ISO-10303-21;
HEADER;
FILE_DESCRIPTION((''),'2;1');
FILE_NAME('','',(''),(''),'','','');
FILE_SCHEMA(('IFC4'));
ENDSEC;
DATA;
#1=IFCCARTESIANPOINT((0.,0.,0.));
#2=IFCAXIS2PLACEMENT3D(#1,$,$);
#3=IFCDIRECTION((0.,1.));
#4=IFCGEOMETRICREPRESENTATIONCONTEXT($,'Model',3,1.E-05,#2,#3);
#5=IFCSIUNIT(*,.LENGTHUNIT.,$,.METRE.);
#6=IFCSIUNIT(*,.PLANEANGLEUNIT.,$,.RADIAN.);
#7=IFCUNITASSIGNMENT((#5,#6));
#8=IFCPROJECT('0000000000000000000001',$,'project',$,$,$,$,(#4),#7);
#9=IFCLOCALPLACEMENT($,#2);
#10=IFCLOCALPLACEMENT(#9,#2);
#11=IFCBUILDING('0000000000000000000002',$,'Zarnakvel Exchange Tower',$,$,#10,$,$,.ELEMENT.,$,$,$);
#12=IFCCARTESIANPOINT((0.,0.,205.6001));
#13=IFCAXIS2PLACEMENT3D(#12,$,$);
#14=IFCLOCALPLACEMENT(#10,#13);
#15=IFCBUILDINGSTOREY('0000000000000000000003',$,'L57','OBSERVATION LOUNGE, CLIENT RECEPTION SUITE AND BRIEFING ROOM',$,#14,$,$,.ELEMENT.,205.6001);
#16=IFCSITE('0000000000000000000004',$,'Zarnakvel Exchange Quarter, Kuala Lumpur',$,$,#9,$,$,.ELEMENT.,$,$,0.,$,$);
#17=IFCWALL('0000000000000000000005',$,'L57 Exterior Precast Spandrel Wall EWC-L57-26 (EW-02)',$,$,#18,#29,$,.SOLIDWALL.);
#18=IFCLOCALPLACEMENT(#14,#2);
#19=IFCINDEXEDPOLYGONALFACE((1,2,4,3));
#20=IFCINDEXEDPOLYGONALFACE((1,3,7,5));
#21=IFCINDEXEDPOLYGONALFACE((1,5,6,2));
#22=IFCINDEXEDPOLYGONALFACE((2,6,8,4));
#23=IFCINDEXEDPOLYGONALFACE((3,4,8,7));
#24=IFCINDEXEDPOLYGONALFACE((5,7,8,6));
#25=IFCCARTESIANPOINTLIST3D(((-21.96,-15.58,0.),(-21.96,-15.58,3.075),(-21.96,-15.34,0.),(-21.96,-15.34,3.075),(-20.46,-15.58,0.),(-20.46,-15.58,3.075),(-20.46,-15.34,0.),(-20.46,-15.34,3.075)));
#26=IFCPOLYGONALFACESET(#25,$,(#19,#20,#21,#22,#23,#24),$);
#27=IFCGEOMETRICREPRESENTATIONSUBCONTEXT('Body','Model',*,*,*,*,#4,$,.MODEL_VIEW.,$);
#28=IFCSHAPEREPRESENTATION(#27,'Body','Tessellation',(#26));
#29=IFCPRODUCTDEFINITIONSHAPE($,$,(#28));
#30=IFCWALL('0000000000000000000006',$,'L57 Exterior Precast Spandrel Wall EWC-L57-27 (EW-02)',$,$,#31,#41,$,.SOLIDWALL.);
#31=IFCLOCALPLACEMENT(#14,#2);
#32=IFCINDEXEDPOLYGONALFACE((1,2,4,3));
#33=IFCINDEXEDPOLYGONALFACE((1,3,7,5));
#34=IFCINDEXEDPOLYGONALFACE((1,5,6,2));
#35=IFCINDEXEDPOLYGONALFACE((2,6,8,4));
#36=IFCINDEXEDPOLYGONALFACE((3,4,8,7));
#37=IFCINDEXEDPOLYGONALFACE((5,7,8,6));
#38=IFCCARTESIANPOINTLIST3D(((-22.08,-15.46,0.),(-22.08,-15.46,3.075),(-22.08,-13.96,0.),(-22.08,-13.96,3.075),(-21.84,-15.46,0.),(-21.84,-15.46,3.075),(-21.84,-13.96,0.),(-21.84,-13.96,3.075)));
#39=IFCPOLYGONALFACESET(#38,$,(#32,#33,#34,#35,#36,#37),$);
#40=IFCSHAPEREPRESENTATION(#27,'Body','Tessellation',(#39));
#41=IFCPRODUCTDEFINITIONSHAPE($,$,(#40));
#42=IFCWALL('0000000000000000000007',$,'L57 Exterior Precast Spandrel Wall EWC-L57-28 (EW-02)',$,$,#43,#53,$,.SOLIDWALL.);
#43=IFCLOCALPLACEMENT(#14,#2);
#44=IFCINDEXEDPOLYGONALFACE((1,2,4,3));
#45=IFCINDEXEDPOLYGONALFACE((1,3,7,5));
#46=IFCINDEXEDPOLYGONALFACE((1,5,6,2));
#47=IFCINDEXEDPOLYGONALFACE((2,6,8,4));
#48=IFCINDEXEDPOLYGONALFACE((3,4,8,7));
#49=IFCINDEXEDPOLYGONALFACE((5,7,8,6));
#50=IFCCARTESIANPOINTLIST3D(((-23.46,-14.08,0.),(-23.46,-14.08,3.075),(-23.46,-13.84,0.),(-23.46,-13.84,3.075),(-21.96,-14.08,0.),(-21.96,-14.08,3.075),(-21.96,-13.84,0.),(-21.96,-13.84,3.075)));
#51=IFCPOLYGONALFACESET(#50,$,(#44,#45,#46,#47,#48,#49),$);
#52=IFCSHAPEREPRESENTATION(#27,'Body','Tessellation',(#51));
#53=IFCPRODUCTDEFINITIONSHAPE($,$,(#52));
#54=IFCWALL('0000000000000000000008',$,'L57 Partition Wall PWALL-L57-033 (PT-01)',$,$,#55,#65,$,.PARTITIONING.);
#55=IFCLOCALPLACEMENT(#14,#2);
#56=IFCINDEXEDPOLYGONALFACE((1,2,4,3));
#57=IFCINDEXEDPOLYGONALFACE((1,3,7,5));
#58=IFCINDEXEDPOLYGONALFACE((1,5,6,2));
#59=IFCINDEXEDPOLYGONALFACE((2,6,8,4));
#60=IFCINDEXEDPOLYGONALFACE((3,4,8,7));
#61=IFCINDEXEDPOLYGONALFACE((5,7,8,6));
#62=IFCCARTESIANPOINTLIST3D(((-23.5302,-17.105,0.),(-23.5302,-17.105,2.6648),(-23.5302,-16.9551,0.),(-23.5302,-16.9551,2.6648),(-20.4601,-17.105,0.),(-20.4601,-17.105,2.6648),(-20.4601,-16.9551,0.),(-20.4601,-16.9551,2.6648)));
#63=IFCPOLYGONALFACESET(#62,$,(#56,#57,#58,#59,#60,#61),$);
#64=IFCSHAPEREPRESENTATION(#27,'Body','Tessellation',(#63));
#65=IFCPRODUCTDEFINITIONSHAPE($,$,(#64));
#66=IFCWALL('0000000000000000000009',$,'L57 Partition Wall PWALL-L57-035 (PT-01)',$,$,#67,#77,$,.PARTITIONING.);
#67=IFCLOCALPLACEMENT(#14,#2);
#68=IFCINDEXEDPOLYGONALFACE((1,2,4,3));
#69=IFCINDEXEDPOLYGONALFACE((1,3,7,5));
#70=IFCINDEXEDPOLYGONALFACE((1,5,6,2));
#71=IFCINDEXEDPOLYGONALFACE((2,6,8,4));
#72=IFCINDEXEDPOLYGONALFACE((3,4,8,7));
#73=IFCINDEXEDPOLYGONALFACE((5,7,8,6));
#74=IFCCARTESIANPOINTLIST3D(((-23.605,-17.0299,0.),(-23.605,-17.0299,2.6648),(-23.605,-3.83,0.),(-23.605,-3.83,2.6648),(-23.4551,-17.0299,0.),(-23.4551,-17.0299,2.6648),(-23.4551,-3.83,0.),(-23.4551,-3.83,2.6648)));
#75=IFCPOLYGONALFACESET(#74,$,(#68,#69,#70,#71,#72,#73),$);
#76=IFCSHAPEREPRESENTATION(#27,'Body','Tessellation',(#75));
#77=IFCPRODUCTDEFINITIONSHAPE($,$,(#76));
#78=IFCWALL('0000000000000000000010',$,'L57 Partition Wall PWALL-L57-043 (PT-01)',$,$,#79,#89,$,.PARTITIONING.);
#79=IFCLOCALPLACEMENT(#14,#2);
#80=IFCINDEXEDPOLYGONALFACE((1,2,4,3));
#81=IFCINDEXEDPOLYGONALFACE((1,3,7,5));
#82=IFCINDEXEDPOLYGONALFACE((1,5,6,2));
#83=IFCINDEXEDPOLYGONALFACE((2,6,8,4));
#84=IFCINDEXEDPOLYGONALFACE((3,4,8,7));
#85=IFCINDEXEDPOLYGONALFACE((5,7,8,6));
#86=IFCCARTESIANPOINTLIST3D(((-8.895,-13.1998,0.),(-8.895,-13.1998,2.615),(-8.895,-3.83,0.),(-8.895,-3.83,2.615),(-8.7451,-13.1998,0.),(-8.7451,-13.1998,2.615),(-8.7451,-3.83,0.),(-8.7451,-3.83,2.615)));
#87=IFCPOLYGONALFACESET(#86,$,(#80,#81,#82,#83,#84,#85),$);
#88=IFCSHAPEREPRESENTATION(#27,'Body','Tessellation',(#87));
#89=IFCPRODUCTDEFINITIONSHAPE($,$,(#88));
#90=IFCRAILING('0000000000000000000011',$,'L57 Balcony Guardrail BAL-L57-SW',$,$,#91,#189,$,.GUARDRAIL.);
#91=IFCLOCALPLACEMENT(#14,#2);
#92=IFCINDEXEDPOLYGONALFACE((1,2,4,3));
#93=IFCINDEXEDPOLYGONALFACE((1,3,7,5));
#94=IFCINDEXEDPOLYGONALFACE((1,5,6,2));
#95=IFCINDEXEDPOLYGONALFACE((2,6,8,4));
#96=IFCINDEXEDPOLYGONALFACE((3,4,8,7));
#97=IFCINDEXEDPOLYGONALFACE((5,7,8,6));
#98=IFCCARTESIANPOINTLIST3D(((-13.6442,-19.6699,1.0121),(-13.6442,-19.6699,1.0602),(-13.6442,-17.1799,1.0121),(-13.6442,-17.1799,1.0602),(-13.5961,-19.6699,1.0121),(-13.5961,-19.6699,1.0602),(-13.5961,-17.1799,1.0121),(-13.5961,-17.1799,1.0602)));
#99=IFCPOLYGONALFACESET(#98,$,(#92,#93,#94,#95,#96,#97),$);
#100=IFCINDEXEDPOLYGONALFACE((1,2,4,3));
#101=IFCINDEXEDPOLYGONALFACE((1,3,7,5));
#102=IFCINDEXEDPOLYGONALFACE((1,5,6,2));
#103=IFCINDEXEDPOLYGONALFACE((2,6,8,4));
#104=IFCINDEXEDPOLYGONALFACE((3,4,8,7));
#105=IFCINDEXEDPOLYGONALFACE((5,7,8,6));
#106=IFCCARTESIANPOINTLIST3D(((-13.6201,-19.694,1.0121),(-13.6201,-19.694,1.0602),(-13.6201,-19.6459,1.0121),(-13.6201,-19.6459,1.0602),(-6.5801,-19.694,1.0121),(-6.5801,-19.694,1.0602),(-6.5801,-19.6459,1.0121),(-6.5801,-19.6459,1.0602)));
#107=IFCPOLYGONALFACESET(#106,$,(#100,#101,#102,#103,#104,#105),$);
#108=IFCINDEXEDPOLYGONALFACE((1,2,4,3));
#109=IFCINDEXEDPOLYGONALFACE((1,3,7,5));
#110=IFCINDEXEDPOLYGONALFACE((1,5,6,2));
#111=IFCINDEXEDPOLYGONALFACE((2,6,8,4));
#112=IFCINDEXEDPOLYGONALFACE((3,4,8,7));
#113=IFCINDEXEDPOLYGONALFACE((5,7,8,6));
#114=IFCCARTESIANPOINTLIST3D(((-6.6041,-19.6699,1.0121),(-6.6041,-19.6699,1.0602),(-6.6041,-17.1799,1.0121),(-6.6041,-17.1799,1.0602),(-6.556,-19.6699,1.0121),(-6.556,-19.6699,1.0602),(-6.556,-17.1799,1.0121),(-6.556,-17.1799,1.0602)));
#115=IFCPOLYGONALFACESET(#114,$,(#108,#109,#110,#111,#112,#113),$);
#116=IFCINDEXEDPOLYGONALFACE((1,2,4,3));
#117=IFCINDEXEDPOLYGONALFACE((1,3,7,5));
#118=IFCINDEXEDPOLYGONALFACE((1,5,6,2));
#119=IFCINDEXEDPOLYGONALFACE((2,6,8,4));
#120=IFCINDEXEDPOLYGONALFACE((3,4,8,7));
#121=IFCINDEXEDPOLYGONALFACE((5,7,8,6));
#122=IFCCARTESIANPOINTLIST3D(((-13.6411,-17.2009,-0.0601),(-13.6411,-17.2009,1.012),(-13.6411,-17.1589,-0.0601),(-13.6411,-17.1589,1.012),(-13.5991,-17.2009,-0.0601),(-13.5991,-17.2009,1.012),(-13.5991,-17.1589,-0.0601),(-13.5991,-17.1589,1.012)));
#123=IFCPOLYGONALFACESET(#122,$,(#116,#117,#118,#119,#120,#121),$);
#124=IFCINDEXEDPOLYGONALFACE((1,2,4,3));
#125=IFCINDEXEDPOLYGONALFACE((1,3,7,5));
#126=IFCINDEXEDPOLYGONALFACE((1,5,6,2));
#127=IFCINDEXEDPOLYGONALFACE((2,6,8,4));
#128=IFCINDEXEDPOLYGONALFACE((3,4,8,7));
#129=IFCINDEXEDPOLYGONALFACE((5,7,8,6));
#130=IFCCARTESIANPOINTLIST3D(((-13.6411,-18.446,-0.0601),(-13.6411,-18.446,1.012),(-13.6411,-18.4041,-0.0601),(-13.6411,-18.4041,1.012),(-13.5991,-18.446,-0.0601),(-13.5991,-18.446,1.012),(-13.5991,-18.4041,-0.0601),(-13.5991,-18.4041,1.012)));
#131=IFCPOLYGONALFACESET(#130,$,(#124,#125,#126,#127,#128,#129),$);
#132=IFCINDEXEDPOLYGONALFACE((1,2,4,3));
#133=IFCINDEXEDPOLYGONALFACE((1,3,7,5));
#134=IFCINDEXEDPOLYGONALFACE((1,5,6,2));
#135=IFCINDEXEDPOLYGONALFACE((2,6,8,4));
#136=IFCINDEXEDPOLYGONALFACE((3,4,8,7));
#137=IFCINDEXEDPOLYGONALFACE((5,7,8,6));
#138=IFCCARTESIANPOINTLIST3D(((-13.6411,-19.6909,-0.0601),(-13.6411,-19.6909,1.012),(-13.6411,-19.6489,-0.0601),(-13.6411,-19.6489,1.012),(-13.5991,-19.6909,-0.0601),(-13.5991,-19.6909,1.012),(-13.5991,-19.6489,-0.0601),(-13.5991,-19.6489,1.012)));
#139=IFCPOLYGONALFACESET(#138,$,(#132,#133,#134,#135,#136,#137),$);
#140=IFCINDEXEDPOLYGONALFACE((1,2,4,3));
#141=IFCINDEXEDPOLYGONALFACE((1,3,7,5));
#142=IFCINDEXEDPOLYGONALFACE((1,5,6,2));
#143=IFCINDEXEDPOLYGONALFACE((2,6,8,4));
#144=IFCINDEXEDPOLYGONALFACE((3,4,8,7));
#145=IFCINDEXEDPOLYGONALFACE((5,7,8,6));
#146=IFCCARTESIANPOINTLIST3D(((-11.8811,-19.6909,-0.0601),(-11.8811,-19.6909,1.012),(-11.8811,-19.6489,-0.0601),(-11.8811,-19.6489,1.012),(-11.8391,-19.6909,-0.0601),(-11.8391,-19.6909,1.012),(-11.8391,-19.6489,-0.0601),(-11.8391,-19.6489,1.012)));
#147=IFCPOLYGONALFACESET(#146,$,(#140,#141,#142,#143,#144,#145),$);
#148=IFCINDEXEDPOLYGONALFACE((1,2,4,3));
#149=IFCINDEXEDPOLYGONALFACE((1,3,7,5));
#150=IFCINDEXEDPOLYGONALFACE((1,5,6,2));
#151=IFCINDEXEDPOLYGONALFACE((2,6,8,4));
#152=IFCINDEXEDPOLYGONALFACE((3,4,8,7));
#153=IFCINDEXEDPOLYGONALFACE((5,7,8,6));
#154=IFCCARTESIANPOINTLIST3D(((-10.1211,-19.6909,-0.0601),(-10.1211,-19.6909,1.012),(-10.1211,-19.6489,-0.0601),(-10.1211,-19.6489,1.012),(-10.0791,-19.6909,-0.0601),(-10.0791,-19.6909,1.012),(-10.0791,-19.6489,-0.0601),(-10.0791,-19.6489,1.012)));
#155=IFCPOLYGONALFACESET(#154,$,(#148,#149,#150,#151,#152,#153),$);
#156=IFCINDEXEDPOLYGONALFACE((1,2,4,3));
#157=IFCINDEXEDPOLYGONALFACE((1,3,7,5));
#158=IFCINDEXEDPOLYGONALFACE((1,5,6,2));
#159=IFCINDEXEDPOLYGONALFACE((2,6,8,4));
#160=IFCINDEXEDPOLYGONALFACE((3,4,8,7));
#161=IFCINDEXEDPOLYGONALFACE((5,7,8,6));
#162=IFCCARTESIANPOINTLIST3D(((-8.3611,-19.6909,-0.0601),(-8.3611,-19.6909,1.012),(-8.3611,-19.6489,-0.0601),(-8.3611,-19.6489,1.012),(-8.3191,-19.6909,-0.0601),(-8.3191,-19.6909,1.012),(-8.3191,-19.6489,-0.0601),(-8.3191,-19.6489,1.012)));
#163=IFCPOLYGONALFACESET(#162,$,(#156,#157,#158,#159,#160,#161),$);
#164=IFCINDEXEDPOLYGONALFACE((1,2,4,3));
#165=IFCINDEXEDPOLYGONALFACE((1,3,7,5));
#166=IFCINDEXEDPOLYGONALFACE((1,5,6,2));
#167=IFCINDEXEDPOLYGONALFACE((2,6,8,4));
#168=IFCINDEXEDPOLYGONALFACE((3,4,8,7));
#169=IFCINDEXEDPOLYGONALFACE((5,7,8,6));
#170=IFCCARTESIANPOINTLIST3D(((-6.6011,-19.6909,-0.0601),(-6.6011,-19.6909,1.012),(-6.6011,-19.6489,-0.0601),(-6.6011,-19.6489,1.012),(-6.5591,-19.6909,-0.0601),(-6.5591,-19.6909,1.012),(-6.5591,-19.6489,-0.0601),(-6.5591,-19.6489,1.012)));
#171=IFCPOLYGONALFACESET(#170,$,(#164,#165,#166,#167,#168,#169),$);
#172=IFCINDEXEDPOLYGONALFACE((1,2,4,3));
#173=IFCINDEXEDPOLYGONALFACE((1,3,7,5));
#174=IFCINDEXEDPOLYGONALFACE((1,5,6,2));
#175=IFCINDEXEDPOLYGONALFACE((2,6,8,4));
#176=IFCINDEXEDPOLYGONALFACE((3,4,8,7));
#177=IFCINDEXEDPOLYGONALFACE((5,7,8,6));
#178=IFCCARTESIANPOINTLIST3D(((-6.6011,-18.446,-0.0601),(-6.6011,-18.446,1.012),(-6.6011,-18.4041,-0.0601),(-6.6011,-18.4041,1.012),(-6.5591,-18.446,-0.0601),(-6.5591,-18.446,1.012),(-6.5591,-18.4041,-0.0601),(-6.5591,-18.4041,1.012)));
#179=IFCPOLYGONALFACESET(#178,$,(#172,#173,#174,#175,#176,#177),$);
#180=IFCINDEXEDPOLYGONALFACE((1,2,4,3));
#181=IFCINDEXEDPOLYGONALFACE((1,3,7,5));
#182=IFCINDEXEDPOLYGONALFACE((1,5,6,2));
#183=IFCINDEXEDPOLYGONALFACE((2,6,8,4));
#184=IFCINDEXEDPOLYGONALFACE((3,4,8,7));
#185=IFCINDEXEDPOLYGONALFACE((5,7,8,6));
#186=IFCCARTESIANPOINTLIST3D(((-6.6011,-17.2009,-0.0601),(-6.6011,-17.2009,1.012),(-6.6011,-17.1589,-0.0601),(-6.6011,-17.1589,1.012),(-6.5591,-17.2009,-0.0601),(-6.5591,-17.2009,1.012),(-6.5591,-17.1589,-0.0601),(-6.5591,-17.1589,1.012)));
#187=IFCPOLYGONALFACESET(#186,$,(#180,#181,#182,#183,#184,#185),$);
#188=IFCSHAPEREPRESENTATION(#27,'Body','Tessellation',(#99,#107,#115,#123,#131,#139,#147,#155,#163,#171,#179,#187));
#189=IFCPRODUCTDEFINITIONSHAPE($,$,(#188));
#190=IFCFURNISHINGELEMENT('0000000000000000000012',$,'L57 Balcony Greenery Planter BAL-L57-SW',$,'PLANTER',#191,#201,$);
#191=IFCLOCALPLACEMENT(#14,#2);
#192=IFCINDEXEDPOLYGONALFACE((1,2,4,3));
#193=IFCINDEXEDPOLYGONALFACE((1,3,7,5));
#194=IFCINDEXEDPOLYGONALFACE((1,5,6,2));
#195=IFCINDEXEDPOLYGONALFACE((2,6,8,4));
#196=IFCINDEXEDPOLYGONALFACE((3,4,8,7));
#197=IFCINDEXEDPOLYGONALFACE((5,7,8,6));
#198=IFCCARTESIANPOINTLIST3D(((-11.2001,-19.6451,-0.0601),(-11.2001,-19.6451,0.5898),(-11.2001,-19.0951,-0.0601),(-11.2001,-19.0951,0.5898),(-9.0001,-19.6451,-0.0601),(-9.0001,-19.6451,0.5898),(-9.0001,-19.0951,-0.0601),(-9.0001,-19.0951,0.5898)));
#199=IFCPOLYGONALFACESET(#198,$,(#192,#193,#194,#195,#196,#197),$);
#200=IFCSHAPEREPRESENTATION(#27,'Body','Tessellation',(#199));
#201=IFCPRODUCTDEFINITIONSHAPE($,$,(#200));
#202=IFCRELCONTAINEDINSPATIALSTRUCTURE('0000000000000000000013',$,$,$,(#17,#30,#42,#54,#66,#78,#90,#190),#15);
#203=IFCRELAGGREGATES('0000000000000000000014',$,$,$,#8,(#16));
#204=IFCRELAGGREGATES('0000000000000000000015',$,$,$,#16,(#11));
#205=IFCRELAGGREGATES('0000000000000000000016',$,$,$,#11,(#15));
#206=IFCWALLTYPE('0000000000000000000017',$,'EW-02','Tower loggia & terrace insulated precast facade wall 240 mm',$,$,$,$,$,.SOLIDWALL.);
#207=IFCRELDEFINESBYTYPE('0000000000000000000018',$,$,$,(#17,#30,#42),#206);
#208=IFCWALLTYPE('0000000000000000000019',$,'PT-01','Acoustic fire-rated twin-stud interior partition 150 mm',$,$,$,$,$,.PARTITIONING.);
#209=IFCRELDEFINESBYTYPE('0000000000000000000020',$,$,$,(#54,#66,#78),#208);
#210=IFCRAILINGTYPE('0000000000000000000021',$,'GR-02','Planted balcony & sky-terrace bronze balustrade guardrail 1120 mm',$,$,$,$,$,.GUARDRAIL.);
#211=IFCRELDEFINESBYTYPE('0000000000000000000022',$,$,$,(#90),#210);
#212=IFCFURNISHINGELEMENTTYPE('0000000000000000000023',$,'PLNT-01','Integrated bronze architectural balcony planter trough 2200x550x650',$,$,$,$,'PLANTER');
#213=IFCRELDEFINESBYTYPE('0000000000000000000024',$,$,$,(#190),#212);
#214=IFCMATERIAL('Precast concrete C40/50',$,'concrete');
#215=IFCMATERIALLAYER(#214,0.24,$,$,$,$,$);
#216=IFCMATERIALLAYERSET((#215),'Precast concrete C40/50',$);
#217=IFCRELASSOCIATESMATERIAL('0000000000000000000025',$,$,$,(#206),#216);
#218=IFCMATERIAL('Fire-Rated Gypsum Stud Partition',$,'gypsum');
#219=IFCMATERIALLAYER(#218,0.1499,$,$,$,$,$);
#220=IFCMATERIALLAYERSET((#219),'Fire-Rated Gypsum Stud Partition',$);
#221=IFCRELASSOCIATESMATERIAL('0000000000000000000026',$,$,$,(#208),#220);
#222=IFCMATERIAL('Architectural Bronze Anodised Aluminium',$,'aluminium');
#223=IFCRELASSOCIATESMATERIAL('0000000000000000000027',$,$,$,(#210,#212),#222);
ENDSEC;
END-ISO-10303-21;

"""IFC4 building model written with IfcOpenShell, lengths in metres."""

from ifc_helpers import new_model, si_unit, direction, frame, frame_2d, origin, origin_2d, place, context, subcontext, project, spatial, rectangle, extrude, source, transform, mapped, material, layer, layer_set, type_object, element, save


model = new_model("IFC4")

# Units and contexts
model_context = context("Model", 3, precision=1e-05, world=origin(), true_north=direction((0.0, 1.0)))
body_context = subcontext(model_context, "Body", "Model", "MODEL_VIEW")
ifc_project = project(units=[si_unit("LENGTHUNIT", "METRE"), si_unit("PLANEANGLEUNIT", "RADIAN")], contexts=[model_context])

# Site, building, storey
site_placement = place(None, origin())
site = spatial("IfcSite", under=ifc_project, at=site_placement, Name="Zarnakvel Exchange Quarter, Kuala Lumpur", CompositionType="ELEMENT", RefElevation=0.0)
building_placement = place(site_placement, origin())
building = spatial("IfcBuilding", under=site, at=building_placement, Name="Zarnakvel Exchange Tower", CompositionType="ELEMENT")
storey_placement = place(building_placement, frame((0.0, 0.0, 205.6001)))
storey = spatial("IfcBuildingStorey", under=building, at=storey_placement, Name="L57", Description="OBSERVATION LOUNGE, CLIENT RECEPTION SUITE AND BRIEFING ROOM", CompositionType="ELEMENT", Elevation=205.6001)

# Shared definitions
ifc_material_1 = material(Name="Architectural Bronze Anodised Aluminium", Category="aluminium")

# Walls
ifc_material_2 = material(Name="Precast concrete C40/50", Category="concrete")
ifc_layer_1 = layer(ifc_material_2, 0.24)
ifc_layer_set_1 = layer_set([ifc_layer_1], Name="Precast concrete C40/50")
wall_type_1 = type_object("IfcWallType", Name="EW-02", Description="Tower loggia & terrace insulated precast facade wall 240 mm", PredefinedType="SOLIDWALL", material=ifc_layer_set_1)
for number, where, z_axis, x_axis, name in (
    (1, (-21.96, -15.46, 0.0), (0.0, 0.0, 1.0), (1.0, 0.0, 0.0), "L57 Exterior Precast Spandrel Wall EWC-L57-26 (EW-02)"),
    (2, (-21.96, -13.96, 0.0), (0.0, 0.0, 1.0), (0.0, -1.0, 0.0), "L57 Exterior Precast Spandrel Wall EWC-L57-27 (EW-02)"),
    (3, (-23.46, -13.96, 0.0), (0.0, 0.0, 1.0), (1.0, 0.0, 0.0), "L57 Exterior Precast Spandrel Wall EWC-L57-28 (EW-02)"),
):
    element("IfcWall", number, at=place(storey_placement, frame(where, z_axis=z_axis, x_axis=x_axis)), inside=storey, type_object=wall_type_1, Name=name, PredefinedType="SOLIDWALL", context=body_context, shape_type="SweptSolid", body=[
        extrude(rectangle(XDim=1.5, YDim=0.24, at=frame_2d((0.75, 0.0))), origin(), (0.0, 0.0, 1.0), 3.075),
    ])
ifc_material_3 = material(Name="Fire-Rated Gypsum Stud Partition", Category="gypsum")
ifc_layer_2 = layer(ifc_material_3, 0.1499)
ifc_layer_set_2 = layer_set([ifc_layer_2], Name="Fire-Rated Gypsum Stud Partition")
wall_type_2 = type_object("IfcWallType", Name="PT-01", Description="Acoustic fire-rated twin-stud interior partition 150 mm", PredefinedType="PARTITIONING", material=ifc_layer_set_2)
wall_1_placement = place(storey_placement, frame((-20.46, -17.03, 0.0), z_axis=(0.0, 0.0, 1.0), x_axis=(-1.0, 0.0, 0.0)))
element("IfcWall", 4, at=wall_1_placement, inside=storey, type_object=wall_type_2, Name="L57 Partition Wall PWALL-L57-033 (PT-01)", PredefinedType="PARTITIONING", context=body_context, shape_type="SweptSolid", body=[
    extrude(rectangle(XDim=3.0701, YDim=0.1499, at=frame_2d((1.5352, 0.0))), origin(), (0.0, 0.0, 1.0), 2.6648),
])
wall_2_placement = place(storey_placement, frame((-23.53, -17.03, 0.0), z_axis=(0.0, 0.0, 1.0), x_axis=(0.0, 1.0, 0.0)))
element("IfcWall", 5, at=wall_2_placement, inside=storey, type_object=wall_type_2, Name="L57 Partition Wall PWALL-L57-035 (PT-01)", PredefinedType="PARTITIONING", context=body_context, shape_type="SweptSolid", body=[
    extrude(rectangle(XDim=13.2, YDim=0.1499, at=frame_2d((6.6001, 0.0))), origin(), (0.0, 0.0, 1.0), 2.6648),
])
wall_3_placement = place(storey_placement, frame((-8.8201, -13.2, 0.0), z_axis=(0.0, 0.0, 1.0), x_axis=(0.0, 1.0, 0.0)))
element("IfcWall", 6, at=wall_3_placement, inside=storey, type_object=wall_type_2, Name="L57 Partition Wall PWALL-L57-043 (PT-01)", PredefinedType="PARTITIONING", context=body_context, shape_type="SweptSolid", body=[
    extrude(rectangle(XDim=9.3699, YDim=0.1499, at=frame_2d((4.6851, 0.0))), origin(), (0.0, 0.0, 1.0), 2.615),
])

# Railing
railing_type = type_object("IfcRailingType", Name="GR-02", Description="Planted balcony & sky-terrace bronze balustrade guardrail 1120 mm", PredefinedType="GUARDRAIL", material=ifc_material_1)
railing_placement = place(storey_placement, frame((-13.6201, -17.1799, -0.0601)))
element("IfcRailing", 7, at=railing_placement, inside=storey, type_object=railing_type, Name="L57 Balcony Guardrail BAL-L57-SW", PredefinedType="GUARDRAIL", context=body_context, shape_type="SweptSolid", body=[
    extrude(rectangle(XDim=0.0481, YDim=0.0481, at=origin_2d()), frame((0.0, 0.0, 1.0962), z_axis=(0.0, -1.0, 0.0), x_axis=(1.0, 0.0, 0.0)), (0.0, 0.0, 1.0), 2.49),
    extrude(rectangle(XDim=0.0481, YDim=0.0481, at=origin_2d()), frame((0.0, -2.49, 1.0962), z_axis=(1.0, 0.0, 0.0), x_axis=(0.0, 1.0, 0.0)), (0.0, 0.0, 1.0), 7.04),
    extrude(rectangle(XDim=0.0481, YDim=0.0481, at=origin_2d()), frame((7.04, -2.49, 1.0962), z_axis=(0.0, 1.0, 0.0), x_axis=(-1.0, 0.0, 0.0)), (0.0, 0.0, 1.0), 2.49),
    extrude(rectangle(XDim=0.042, YDim=0.042, at=origin_2d()), origin(), (0.0, 0.0, 1.0), 1.072),
    extrude(rectangle(XDim=0.042, YDim=0.042, at=origin_2d()), frame((0.0, -1.2451, 0.0)), (0.0, 0.0, 1.0), 1.072),
    extrude(rectangle(XDim=0.042, YDim=0.042, at=origin_2d()), frame((0.0, -2.49, 0.0)), (0.0, 0.0, 1.0), 1.072),
    extrude(rectangle(XDim=0.042, YDim=0.042, at=origin_2d()), frame((1.76, -2.49, 0.0)), (0.0, 0.0, 1.0), 1.072),
    extrude(rectangle(XDim=0.042, YDim=0.042, at=origin_2d()), frame((3.52, -2.49, 0.0)), (0.0, 0.0, 1.0), 1.072),
    extrude(rectangle(XDim=0.042, YDim=0.042, at=origin_2d()), frame((5.28, -2.49, 0.0)), (0.0, 0.0, 1.0), 1.072),
    extrude(rectangle(XDim=0.042, YDim=0.042, at=origin_2d()), frame((7.04, -2.49, 0.0)), (0.0, 0.0, 1.0), 1.072),
    extrude(rectangle(XDim=0.042, YDim=0.042, at=origin_2d()), frame((7.04, -1.2451, 0.0)), (0.0, 0.0, 1.0), 1.072),
    extrude(rectangle(XDim=0.042, YDim=0.042, at=origin_2d()), frame((7.04, 0.0, 0.0)), (0.0, 0.0, 1.0), 1.072),
])

# Furnishing element
furnishing_element_type = type_object("IfcFurnishingElementType", Name="PLNT-01", Description="Integrated bronze architectural balcony planter trough 2200x550x650", ElementType="PLANTER", material=ifc_material_1)
shared_shape_1 = source(origin(), body_context, "Body", "SweptSolid", [
    extrude(rectangle(XDim=2.2, YDim=0.55, at=origin_2d()), origin(), (0.0, 0.0, 1.0), 0.6499),
])
furnishing_placement = place(storey_placement, frame((-10.1001, -19.3701, -0.0601), z_axis=(0.0, 0.0, 1.0), x_axis=(1.0, 0.0, 0.0)))
element("IfcFurnishingElement", 8, at=furnishing_placement, inside=storey, type_object=furnishing_element_type, Name="L57 Balcony Greenery Planter BAL-L57-SW", ObjectType="PLANTER", context=body_context, shape_type="MappedRepresentation", body=[
    mapped(shared_shape_1, transform((0.0, 0.0, 0.0), x_axis=(1.0, 0.0, 0.0), y_axis=(0.0, 1.0, 0.0), z_axis=(0.0, 0.0, 1.0), scale=1.0)),
])

save(model, "model.ifc")
